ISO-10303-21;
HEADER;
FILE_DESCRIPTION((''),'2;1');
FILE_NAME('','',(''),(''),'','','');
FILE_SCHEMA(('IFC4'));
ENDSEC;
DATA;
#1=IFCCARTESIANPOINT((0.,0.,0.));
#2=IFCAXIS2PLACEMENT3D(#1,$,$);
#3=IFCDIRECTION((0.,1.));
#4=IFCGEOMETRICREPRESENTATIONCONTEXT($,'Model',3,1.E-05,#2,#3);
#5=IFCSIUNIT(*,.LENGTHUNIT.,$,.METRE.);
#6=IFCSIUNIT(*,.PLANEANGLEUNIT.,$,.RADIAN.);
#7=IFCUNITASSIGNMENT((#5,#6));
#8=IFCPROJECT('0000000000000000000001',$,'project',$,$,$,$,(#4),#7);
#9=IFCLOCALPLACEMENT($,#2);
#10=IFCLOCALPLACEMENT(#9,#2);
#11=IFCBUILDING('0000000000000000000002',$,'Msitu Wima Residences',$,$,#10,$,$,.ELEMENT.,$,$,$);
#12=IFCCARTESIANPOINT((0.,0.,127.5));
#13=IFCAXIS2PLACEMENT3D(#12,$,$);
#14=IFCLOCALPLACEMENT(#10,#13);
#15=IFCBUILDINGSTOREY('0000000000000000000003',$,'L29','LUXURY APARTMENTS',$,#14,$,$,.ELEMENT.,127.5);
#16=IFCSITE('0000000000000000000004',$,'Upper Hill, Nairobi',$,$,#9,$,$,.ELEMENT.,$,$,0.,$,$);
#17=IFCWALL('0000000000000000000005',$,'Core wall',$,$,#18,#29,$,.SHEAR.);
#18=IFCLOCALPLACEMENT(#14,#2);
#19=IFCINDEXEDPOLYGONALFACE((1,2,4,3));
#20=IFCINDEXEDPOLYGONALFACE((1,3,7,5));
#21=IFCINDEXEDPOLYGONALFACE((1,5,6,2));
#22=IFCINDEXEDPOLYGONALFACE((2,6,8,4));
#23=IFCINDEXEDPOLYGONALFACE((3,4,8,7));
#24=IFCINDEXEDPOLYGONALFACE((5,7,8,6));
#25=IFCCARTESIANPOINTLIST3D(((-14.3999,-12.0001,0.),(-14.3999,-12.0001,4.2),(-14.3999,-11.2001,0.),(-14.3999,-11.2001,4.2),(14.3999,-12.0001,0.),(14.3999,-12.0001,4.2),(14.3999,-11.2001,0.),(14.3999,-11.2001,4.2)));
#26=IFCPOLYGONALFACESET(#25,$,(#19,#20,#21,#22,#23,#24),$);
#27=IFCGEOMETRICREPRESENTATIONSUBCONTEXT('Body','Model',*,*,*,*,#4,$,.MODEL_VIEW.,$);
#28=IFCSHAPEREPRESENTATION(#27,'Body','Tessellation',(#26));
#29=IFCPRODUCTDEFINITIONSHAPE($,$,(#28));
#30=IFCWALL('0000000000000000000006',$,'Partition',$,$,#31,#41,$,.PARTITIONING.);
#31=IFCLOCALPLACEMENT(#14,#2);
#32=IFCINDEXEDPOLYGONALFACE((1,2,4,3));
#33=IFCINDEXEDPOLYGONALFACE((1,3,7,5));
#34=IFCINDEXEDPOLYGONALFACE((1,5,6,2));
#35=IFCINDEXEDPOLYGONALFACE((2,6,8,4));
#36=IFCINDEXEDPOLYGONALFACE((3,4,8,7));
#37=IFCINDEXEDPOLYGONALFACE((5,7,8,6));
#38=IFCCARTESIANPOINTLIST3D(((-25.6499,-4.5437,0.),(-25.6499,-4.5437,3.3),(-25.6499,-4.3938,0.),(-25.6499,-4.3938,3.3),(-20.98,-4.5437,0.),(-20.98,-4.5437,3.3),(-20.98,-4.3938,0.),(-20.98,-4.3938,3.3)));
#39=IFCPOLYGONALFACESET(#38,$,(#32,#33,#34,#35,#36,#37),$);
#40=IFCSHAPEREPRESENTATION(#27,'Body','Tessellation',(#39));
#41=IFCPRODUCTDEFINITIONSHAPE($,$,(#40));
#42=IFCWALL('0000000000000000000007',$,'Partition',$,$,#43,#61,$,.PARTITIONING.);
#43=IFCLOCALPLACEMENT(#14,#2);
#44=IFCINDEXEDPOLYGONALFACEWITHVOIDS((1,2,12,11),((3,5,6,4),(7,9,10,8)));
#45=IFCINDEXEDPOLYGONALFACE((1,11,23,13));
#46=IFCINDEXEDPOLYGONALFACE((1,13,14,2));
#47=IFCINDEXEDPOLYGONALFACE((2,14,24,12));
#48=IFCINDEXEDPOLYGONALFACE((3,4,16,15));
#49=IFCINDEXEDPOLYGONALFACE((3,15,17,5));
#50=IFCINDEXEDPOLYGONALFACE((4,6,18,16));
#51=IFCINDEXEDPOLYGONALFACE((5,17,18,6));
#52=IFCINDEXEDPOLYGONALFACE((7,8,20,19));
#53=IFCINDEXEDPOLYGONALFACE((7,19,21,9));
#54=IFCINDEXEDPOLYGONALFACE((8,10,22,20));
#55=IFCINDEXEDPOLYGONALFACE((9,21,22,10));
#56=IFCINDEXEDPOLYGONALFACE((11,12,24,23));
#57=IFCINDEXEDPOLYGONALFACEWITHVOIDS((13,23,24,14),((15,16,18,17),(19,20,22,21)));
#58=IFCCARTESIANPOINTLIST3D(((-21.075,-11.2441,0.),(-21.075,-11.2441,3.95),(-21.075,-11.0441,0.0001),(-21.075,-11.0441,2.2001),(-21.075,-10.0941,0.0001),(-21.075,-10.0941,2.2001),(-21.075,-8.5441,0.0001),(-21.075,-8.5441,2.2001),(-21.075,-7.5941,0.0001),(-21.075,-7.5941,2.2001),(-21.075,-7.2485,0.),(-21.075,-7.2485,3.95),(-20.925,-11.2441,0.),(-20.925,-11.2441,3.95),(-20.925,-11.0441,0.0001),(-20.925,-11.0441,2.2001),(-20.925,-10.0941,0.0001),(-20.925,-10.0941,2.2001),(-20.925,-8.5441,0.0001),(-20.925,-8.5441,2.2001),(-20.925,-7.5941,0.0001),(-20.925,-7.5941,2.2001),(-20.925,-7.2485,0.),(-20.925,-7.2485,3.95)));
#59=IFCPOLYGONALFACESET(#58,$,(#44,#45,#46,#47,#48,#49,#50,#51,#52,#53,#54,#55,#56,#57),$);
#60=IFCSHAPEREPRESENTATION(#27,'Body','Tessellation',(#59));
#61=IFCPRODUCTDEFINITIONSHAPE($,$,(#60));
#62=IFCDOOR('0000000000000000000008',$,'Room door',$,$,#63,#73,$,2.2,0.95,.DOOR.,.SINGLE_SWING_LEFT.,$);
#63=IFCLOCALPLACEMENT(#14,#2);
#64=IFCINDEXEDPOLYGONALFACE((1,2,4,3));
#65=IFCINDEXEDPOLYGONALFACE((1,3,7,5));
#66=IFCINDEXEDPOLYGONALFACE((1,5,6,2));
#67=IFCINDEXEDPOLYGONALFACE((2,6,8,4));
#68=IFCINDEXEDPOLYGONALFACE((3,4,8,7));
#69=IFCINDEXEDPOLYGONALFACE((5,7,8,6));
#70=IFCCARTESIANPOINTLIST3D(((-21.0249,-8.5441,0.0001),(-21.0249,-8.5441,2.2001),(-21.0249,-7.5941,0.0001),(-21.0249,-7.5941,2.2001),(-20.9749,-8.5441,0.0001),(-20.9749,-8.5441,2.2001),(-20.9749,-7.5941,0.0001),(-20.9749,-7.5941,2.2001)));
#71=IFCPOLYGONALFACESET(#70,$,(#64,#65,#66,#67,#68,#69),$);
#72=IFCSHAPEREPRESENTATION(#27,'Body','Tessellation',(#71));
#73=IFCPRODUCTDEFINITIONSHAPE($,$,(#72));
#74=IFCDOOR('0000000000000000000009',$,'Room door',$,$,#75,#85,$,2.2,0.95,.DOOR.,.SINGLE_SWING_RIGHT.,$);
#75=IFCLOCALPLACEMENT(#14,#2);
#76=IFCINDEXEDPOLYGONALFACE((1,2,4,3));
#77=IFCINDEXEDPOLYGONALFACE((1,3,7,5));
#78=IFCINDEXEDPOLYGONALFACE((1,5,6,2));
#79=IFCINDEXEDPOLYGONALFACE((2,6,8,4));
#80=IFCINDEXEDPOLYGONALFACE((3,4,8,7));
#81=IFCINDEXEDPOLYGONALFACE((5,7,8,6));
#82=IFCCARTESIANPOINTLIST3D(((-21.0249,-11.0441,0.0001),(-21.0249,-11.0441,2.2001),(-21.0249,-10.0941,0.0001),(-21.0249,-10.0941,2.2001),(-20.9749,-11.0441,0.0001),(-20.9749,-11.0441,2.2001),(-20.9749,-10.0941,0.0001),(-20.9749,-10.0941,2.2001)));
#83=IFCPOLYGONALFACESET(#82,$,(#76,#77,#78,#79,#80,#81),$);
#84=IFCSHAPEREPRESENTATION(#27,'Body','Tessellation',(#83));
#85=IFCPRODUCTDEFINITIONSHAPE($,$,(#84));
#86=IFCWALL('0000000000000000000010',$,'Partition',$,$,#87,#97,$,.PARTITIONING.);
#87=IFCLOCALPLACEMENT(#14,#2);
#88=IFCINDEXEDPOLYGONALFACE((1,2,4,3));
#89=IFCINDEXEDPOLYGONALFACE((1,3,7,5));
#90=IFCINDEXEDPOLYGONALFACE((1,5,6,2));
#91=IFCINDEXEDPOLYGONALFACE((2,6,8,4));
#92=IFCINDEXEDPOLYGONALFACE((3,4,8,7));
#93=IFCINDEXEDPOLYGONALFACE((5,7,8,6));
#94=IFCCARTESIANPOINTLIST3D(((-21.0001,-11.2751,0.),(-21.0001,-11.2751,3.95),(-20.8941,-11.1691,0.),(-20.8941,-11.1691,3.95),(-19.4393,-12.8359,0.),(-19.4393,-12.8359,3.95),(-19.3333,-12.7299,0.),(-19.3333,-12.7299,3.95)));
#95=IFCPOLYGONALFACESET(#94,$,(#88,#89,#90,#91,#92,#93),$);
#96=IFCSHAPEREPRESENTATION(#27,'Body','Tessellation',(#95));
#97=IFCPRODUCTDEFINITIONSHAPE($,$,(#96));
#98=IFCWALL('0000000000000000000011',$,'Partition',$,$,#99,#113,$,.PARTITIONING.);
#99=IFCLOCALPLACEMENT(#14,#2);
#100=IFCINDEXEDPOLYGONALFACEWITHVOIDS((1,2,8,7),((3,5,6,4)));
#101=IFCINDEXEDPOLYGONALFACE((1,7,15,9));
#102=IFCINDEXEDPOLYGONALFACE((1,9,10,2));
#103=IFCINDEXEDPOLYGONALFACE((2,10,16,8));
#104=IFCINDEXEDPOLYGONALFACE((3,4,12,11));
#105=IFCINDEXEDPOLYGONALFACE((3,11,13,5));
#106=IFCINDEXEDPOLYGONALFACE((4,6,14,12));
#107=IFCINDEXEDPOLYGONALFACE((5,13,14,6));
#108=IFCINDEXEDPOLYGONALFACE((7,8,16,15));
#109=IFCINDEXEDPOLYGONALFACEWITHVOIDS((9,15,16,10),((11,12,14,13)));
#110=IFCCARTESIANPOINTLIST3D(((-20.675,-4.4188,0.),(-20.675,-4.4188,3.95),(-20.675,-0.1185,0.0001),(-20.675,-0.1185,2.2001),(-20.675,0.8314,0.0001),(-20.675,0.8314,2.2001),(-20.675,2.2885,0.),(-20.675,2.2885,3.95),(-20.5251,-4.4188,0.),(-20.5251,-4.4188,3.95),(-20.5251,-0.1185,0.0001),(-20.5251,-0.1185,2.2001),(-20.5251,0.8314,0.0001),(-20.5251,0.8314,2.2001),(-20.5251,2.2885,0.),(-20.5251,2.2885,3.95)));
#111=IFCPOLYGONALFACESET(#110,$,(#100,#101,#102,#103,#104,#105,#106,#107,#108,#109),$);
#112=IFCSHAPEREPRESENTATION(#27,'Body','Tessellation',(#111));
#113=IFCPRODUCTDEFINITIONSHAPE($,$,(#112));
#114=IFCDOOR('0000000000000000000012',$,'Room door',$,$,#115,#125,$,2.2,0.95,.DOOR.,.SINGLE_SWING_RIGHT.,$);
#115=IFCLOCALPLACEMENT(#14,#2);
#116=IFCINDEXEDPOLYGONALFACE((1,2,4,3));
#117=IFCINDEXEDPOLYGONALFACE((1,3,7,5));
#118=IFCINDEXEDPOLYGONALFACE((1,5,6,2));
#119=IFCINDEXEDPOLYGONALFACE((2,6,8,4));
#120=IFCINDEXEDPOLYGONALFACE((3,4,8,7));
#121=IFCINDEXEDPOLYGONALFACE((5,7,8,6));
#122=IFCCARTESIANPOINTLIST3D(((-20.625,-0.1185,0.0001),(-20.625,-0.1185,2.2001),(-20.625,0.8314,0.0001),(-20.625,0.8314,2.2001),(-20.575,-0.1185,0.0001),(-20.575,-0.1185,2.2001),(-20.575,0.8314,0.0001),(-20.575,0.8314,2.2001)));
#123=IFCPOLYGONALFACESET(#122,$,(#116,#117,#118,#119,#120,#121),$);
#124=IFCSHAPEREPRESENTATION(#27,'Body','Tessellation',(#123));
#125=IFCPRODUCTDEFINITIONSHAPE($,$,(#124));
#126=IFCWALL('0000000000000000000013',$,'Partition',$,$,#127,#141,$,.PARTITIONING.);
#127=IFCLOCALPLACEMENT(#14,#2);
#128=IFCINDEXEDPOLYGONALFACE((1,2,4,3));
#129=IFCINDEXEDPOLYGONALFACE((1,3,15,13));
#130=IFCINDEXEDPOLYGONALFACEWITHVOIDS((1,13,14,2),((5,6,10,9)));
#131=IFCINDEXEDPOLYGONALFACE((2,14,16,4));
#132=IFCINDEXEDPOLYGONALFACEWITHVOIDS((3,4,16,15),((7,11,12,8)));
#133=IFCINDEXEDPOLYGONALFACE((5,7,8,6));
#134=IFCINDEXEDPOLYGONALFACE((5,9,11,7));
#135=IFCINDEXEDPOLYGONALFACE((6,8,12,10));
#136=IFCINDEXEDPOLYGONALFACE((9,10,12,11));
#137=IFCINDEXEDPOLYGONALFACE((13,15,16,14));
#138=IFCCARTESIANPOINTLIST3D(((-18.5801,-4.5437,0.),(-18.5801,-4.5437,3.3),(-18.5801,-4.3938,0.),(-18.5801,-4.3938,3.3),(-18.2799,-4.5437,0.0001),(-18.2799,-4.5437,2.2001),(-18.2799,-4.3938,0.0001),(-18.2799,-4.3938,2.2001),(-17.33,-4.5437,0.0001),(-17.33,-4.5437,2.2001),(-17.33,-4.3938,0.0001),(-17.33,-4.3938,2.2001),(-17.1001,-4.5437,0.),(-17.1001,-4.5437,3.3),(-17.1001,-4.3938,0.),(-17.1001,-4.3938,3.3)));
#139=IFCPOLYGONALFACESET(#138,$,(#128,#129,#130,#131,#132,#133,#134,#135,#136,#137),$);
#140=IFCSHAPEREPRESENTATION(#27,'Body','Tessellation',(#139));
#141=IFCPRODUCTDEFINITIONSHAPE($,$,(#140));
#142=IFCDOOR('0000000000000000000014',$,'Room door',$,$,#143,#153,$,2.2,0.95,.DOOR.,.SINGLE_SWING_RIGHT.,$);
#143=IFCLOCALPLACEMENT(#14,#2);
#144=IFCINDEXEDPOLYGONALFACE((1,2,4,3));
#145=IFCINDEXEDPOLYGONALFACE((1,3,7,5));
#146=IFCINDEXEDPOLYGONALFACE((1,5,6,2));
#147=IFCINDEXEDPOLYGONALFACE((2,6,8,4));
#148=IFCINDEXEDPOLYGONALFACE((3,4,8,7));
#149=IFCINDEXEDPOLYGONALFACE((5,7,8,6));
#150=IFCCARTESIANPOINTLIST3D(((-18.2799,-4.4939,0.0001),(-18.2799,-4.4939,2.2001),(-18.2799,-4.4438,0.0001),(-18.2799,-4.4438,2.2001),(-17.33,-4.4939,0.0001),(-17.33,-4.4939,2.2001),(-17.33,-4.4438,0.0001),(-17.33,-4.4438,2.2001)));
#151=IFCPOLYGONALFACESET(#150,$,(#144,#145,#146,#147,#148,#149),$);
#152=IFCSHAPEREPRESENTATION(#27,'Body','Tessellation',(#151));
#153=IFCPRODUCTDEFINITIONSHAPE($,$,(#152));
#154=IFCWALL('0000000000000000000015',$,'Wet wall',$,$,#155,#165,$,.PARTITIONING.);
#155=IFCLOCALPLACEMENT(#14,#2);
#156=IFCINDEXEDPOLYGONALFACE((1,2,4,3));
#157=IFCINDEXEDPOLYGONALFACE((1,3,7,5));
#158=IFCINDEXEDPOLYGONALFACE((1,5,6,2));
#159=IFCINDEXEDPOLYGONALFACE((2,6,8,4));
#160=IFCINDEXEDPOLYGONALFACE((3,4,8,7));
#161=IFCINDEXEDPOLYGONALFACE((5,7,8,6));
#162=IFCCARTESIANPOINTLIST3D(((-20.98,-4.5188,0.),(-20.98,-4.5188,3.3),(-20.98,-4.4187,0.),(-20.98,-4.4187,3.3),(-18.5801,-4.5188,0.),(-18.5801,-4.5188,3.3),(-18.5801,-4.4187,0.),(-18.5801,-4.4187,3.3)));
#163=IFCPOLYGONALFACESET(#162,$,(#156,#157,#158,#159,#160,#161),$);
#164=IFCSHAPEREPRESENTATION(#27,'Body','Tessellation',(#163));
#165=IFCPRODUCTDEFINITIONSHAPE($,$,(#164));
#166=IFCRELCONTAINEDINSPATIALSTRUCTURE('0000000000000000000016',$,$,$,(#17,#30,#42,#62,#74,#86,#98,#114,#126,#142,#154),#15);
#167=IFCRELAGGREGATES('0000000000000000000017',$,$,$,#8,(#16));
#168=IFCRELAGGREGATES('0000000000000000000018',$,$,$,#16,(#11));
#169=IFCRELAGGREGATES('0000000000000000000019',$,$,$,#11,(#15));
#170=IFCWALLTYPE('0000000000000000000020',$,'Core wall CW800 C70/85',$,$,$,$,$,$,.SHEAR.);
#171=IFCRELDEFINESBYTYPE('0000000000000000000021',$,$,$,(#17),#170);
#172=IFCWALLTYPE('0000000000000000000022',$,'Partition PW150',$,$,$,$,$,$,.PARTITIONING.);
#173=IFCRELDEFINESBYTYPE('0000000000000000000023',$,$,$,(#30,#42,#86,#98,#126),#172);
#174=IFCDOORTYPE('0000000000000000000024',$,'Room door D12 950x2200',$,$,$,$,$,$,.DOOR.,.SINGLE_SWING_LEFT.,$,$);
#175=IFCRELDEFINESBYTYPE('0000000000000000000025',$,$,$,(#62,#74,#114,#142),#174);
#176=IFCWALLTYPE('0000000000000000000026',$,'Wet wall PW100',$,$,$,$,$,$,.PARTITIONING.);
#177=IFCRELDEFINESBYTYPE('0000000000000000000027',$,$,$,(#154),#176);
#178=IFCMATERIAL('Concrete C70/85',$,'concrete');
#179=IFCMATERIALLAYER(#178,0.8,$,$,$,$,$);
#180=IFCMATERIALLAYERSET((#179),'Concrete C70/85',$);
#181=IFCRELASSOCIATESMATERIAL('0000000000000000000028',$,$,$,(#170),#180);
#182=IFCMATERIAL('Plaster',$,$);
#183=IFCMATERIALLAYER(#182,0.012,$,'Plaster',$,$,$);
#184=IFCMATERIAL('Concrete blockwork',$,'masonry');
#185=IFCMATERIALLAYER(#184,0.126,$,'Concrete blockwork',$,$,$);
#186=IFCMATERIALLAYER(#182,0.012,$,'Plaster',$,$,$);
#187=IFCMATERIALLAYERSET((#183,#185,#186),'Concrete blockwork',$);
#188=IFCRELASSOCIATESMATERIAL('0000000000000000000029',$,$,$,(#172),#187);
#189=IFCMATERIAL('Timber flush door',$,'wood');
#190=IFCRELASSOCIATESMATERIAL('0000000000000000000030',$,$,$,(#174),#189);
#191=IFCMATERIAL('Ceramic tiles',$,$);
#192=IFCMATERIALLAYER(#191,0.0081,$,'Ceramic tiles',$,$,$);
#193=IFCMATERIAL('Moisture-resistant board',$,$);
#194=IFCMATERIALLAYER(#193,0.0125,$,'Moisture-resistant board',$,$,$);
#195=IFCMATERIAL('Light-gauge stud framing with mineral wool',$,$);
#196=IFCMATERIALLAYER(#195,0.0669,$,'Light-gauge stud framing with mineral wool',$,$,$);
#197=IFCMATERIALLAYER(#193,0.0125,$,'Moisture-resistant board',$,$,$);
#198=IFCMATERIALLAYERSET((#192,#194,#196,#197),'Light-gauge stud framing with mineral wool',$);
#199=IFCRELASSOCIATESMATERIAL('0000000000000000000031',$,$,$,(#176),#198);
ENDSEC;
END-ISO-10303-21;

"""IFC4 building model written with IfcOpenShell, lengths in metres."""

from ifc_helpers import new_model, si_unit, direction, frame, frame_2d, origin, place, context, subcontext, project, spatial, rectangle, extrude, material, layer, layer_set, type_object, element, fill, save


model = new_model("IFC4")

# Units and contexts
model_context = context("Model", 3, precision=1e-05, world=origin(), true_north=direction((0.0, 1.0)))
body_context = subcontext(model_context, "Body", "Model", "MODEL_VIEW")
ifc_project = project(units=[si_unit("LENGTHUNIT", "METRE"), si_unit("PLANEANGLEUNIT", "RADIAN")], contexts=[model_context])

# Site, building, storey
site_placement = place(None, origin())
site = spatial("IfcSite", under=ifc_project, at=site_placement, Name="Upper Hill, Nairobi", CompositionType="ELEMENT", RefElevation=0.0)
building_placement = place(site_placement, origin())
building = spatial("IfcBuilding", under=site, at=building_placement, Name="Msitu Wima Residences", CompositionType="ELEMENT")
storey_placement = place(building_placement, frame((0.0, 0.0, 127.5)))
storey = spatial("IfcBuildingStorey", under=building, at=storey_placement, Name="L29", Description="LUXURY APARTMENTS", CompositionType="ELEMENT", Elevation=127.5)

# Wall
ifc_material_1 = material(Name="Concrete C70/85", Category="concrete")
ifc_layer_1 = layer(ifc_material_1, 0.8)
ifc_layer_set_1 = layer_set([ifc_layer_1], Name="Concrete C70/85")
wall_type_1 = type_object("IfcWallType", Name="Core wall CW800 C70/85", PredefinedType="SHEAR", material=ifc_layer_set_1)
wall_1_placement = place(storey_placement, frame((-14.3999, -11.6001, 0.0), z_axis=(0.0, 0.0, 1.0), x_axis=(1.0, 0.0, 0.0)))
element("IfcWall", 1, at=wall_1_placement, inside=storey, type_object=wall_type_1, Name="Core wall", PredefinedType="SHEAR", context=body_context, shape_type="SweptSolid", body=[
    extrude(rectangle(XDim=28.7998, YDim=0.8, at=frame_2d((14.3999, 0.0))), origin(), (0.0, 0.0, 1.0), 4.2),
])

# Wall
ifc_material_2 = material(Name="Plaster")
ifc_layer_2 = layer(ifc_material_2, 0.012, Name="Plaster")
ifc_material_3 = material(Name="Concrete blockwork", Category="masonry")
ifc_layer_3 = layer(ifc_material_3, 0.126, Name="Concrete blockwork")
ifc_layer_4 = layer(ifc_material_2, 0.012, Name="Plaster")
ifc_layer_set_2 = layer_set([ifc_layer_2, ifc_layer_3, ifc_layer_4], Name="Concrete blockwork")
wall_type_2 = type_object("IfcWallType", Name="Partition PW150", PredefinedType="PARTITIONING", material=ifc_layer_set_2)
wall_2_placement = place(storey_placement, frame((-25.6499, -4.4688, 0.0), z_axis=(0.0, 0.0, 1.0), x_axis=(1.0, 0.0, 0.0)))
element("IfcWall", 2, at=wall_2_placement, inside=storey, type_object=wall_type_2, Name="Partition", PredefinedType="PARTITIONING", context=body_context, shape_type="SweptSolid", body=[
    extrude(rectangle(XDim=4.6699, YDim=0.1499, at=frame_2d((2.335, 0.0))), origin(), (0.0, 0.0, 1.0), 3.3),
])

# Wall, openings, doors
wall_3_placement = place(storey_placement, frame((-21.0, -11.2441, 0.0), z_axis=(0.0, 0.0, 1.0), x_axis=(0.0, 1.0, 0.0)))
wall_3 = element("IfcWall", 3, at=wall_3_placement, inside=storey, type_object=wall_type_2, Name="Partition", PredefinedType="PARTITIONING", context=body_context, shape_type="SweptSolid", body=[
    extrude(rectangle(XDim=3.9956, YDim=0.1499, at=frame_2d((1.9978, 0.0))), origin(), (0.0, 0.0, 1.0), 3.95),
])
opening_1_placement = place(wall_3_placement, frame((2.7, 0.0, 0.0)))
opening_1 = element("IfcOpeningElement", 4, at=opening_1_placement, cuts=wall_3, PredefinedType="OPENING", context=body_context, shape_type="SweptSolid", body=[
    extrude(rectangle(XDim=0.95, YDim=2.2, at=frame_2d((0.4751, 1.1001))), frame((0.0, 0.085, 0.0), z_axis=(0.0, -1.0, 0.0), x_axis=(1.0, 0.0, 0.0)), (0.0, 0.0, 1.0), 0.1699),
])
opening_2_placement = place(wall_3_placement, frame((0.2, 0.0, 0.0)))
opening_2 = element("IfcOpeningElement", 5, at=opening_2_placement, cuts=wall_3, PredefinedType="OPENING", context=body_context, shape_type="SweptSolid", body=[
    extrude(rectangle(XDim=0.95, YDim=2.2, at=frame_2d((0.4751, 1.1001))), frame((0.0, 0.085, 0.0), z_axis=(0.0, -1.0, 0.0), x_axis=(1.0, 0.0, 0.0)), (0.0, 0.0, 1.0), 0.1699),
])
ifc_material_4 = material(Name="Timber flush door", Category="wood")
door_type_1 = type_object("IfcDoorType", Name="Room door D12 950x2200", OperationType="SINGLE_SWING_LEFT", PredefinedType="DOOR", material=ifc_material_4)
door_1_placement = place(opening_1_placement, origin())
door_1 = element("IfcDoor", 6, at=door_1_placement, inside=storey, type_object=door_type_1, Name="Room door", OperationType="SINGLE_SWING_LEFT", OverallHeight=2.2, OverallWidth=0.95, PredefinedType="DOOR", context=body_context, shape_type="SweptSolid", body=[
    extrude(rectangle(XDim=0.95, YDim=2.2, at=frame_2d((0.4751, 1.1001))), frame((0.0, 0.0249, 0.0), z_axis=(0.0, -1.0, 0.0), x_axis=(1.0, 0.0, 0.0)), (0.0, 0.0, 1.0), 0.05),
])
fill(opening_1, door_1)
door_2_placement = place(opening_2_placement, origin())
door_2 = element("IfcDoor", 7, at=door_2_placement, inside=storey, type_object=door_type_1, Name="Room door", OperationType="SINGLE_SWING_RIGHT", OverallHeight=2.2, OverallWidth=0.95, PredefinedType="DOOR", context=body_context, shape_type="SweptSolid", body=[
    extrude(rectangle(XDim=0.95, YDim=2.2, at=frame_2d((0.4751, 1.1001))), frame((0.0, 0.0249, 0.0), z_axis=(0.0, -1.0, 0.0), x_axis=(1.0, 0.0, 0.0)), (0.0, 0.0, 1.0), 0.05),
])
fill(opening_2, door_2)

# Wall
wall_4_placement = place(storey_placement, frame((-20.947, -11.2222, 0.0), z_axis=(0.0, 0.0, 1.0), x_axis=(0.707107, -0.707107, 0.0)))
element("IfcWall", 8, at=wall_4_placement, inside=storey, type_object=wall_type_2, Name="Partition", PredefinedType="PARTITIONING", context=body_context, shape_type="SweptSolid", body=[
    extrude(rectangle(XDim=2.2073, YDim=0.1499, at=frame_2d((1.1035, 0.0))), origin(), (0.0, 0.0, 1.0), 3.95),
])

# Walls, openings, doors
wall_5_placement = place(storey_placement, frame((-20.6001, -4.4187, 0.0), z_axis=(0.0, 0.0, 1.0), x_axis=(0.0, 1.0, 0.0)))
wall_5 = element("IfcWall", 9, at=wall_5_placement, inside=storey, type_object=wall_type_2, Name="Partition", PredefinedType="PARTITIONING", context=body_context, shape_type="SweptSolid", body=[
    extrude(rectangle(XDim=6.7073, YDim=0.1499, at=frame_2d((3.3535, 0.0))), origin(), (0.0, 0.0, 1.0), 3.95),
])
opening_3_placement = place(wall_5_placement, frame((4.3, 0.0, 0.0)))
opening_3 = element("IfcOpeningElement", 10, at=opening_3_placement, cuts=wall_5, PredefinedType="OPENING", context=body_context, shape_type="SweptSolid", body=[
    extrude(rectangle(XDim=0.95, YDim=2.2, at=frame_2d((0.4751, 1.1001))), frame((0.0, 0.085, 0.0), z_axis=(0.0, -1.0, 0.0), x_axis=(1.0, 0.0, 0.0)), (0.0, 0.0, 1.0), 0.1699),
])
door_3_placement = place(opening_3_placement, origin())
door_3 = element("IfcDoor", 11, at=door_3_placement, inside=storey, type_object=door_type_1, Name="Room door", OperationType="SINGLE_SWING_RIGHT", OverallHeight=2.2, OverallWidth=0.95, PredefinedType="DOOR", context=body_context, shape_type="SweptSolid", body=[
    extrude(rectangle(XDim=0.95, YDim=2.2, at=frame_2d((0.4751, 1.1001))), frame((0.0, 0.0249, 0.0), z_axis=(0.0, -1.0, 0.0), x_axis=(1.0, 0.0, 0.0)), (0.0, 0.0, 1.0), 0.05),
])
fill(opening_3, door_3)
wall_6_placement = place(storey_placement, frame((-18.5801, -4.4688, 0.0), z_axis=(0.0, 0.0, 1.0), x_axis=(1.0, 0.0, 0.0)))
wall_6 = element("IfcWall", 12, at=wall_6_placement, inside=storey, type_object=wall_type_2, Name="Partition", PredefinedType="PARTITIONING", context=body_context, shape_type="SweptSolid", body=[
    extrude(rectangle(XDim=1.48, YDim=0.1499, at=frame_2d((0.74, 0.0))), origin(), (0.0, 0.0, 1.0), 3.3),
])
opening_4_placement = place(wall_6_placement, frame((0.3, 0.0, 0.0)))
opening_4 = element("IfcOpeningElement", 13, at=opening_4_placement, cuts=wall_6, PredefinedType="OPENING", context=body_context, shape_type="SweptSolid", body=[
    extrude(rectangle(XDim=0.95, YDim=2.2, at=frame_2d((0.4751, 1.1001))), frame((0.0, 0.085, 0.0), z_axis=(0.0, -1.0, 0.0), x_axis=(1.0, 0.0, 0.0)), (0.0, 0.0, 1.0), 0.1699),
])
door_4_placement = place(opening_4_placement, origin())
door_4 = element("IfcDoor", 14, at=door_4_placement, inside=storey, type_object=door_type_1, Name="Room door", OperationType="SINGLE_SWING_RIGHT", OverallHeight=2.2, OverallWidth=0.95, PredefinedType="DOOR", context=body_context, shape_type="SweptSolid", body=[
    extrude(rectangle(XDim=0.95, YDim=2.2, at=frame_2d((0.4751, 1.1001))), frame((0.0, 0.0249, 0.0), z_axis=(0.0, -1.0, 0.0), x_axis=(1.0, 0.0, 0.0)), (0.0, 0.0, 1.0), 0.05),
])
fill(opening_4, door_4)

# Wall
ifc_material_5 = material(Name="Ceramic tiles")
ifc_layer_5 = layer(ifc_material_5, 0.0081, Name="Ceramic tiles")
ifc_material_6 = material(Name="Moisture-resistant board")
ifc_layer_6 = layer(ifc_material_6, 0.0125, Name="Moisture-resistant board")
ifc_material_7 = material(Name="Light-gauge stud framing with mineral wool")
ifc_layer_7 = layer(ifc_material_7, 0.0669, Name="Light-gauge stud framing with mineral wool")
ifc_layer_8 = layer(ifc_material_6, 0.0125, Name="Moisture-resistant board")
ifc_layer_set_3 = layer_set([ifc_layer_5, ifc_layer_6, ifc_layer_7, ifc_layer_8], Name="Light-gauge stud framing with mineral wool")
wall_type_3 = type_object("IfcWallType", Name="Wet wall PW100", PredefinedType="PARTITIONING", material=ifc_layer_set_3)
wall_7_placement = place(storey_placement, frame((-20.98, -4.4688, 0.0), z_axis=(0.0, 0.0, 1.0), x_axis=(1.0, 0.0, 0.0)))
element("IfcWall", 15, at=wall_7_placement, inside=storey, type_object=wall_type_3, Name="Wet wall", PredefinedType="PARTITIONING", context=body_context, shape_type="SweptSolid", body=[
    extrude(rectangle(XDim=2.3999, YDim=0.1001, at=frame_2d((1.2, 0.0))), origin(), (0.0, 0.0, 1.0), 3.3),
])

save(model, "model.ifc")
